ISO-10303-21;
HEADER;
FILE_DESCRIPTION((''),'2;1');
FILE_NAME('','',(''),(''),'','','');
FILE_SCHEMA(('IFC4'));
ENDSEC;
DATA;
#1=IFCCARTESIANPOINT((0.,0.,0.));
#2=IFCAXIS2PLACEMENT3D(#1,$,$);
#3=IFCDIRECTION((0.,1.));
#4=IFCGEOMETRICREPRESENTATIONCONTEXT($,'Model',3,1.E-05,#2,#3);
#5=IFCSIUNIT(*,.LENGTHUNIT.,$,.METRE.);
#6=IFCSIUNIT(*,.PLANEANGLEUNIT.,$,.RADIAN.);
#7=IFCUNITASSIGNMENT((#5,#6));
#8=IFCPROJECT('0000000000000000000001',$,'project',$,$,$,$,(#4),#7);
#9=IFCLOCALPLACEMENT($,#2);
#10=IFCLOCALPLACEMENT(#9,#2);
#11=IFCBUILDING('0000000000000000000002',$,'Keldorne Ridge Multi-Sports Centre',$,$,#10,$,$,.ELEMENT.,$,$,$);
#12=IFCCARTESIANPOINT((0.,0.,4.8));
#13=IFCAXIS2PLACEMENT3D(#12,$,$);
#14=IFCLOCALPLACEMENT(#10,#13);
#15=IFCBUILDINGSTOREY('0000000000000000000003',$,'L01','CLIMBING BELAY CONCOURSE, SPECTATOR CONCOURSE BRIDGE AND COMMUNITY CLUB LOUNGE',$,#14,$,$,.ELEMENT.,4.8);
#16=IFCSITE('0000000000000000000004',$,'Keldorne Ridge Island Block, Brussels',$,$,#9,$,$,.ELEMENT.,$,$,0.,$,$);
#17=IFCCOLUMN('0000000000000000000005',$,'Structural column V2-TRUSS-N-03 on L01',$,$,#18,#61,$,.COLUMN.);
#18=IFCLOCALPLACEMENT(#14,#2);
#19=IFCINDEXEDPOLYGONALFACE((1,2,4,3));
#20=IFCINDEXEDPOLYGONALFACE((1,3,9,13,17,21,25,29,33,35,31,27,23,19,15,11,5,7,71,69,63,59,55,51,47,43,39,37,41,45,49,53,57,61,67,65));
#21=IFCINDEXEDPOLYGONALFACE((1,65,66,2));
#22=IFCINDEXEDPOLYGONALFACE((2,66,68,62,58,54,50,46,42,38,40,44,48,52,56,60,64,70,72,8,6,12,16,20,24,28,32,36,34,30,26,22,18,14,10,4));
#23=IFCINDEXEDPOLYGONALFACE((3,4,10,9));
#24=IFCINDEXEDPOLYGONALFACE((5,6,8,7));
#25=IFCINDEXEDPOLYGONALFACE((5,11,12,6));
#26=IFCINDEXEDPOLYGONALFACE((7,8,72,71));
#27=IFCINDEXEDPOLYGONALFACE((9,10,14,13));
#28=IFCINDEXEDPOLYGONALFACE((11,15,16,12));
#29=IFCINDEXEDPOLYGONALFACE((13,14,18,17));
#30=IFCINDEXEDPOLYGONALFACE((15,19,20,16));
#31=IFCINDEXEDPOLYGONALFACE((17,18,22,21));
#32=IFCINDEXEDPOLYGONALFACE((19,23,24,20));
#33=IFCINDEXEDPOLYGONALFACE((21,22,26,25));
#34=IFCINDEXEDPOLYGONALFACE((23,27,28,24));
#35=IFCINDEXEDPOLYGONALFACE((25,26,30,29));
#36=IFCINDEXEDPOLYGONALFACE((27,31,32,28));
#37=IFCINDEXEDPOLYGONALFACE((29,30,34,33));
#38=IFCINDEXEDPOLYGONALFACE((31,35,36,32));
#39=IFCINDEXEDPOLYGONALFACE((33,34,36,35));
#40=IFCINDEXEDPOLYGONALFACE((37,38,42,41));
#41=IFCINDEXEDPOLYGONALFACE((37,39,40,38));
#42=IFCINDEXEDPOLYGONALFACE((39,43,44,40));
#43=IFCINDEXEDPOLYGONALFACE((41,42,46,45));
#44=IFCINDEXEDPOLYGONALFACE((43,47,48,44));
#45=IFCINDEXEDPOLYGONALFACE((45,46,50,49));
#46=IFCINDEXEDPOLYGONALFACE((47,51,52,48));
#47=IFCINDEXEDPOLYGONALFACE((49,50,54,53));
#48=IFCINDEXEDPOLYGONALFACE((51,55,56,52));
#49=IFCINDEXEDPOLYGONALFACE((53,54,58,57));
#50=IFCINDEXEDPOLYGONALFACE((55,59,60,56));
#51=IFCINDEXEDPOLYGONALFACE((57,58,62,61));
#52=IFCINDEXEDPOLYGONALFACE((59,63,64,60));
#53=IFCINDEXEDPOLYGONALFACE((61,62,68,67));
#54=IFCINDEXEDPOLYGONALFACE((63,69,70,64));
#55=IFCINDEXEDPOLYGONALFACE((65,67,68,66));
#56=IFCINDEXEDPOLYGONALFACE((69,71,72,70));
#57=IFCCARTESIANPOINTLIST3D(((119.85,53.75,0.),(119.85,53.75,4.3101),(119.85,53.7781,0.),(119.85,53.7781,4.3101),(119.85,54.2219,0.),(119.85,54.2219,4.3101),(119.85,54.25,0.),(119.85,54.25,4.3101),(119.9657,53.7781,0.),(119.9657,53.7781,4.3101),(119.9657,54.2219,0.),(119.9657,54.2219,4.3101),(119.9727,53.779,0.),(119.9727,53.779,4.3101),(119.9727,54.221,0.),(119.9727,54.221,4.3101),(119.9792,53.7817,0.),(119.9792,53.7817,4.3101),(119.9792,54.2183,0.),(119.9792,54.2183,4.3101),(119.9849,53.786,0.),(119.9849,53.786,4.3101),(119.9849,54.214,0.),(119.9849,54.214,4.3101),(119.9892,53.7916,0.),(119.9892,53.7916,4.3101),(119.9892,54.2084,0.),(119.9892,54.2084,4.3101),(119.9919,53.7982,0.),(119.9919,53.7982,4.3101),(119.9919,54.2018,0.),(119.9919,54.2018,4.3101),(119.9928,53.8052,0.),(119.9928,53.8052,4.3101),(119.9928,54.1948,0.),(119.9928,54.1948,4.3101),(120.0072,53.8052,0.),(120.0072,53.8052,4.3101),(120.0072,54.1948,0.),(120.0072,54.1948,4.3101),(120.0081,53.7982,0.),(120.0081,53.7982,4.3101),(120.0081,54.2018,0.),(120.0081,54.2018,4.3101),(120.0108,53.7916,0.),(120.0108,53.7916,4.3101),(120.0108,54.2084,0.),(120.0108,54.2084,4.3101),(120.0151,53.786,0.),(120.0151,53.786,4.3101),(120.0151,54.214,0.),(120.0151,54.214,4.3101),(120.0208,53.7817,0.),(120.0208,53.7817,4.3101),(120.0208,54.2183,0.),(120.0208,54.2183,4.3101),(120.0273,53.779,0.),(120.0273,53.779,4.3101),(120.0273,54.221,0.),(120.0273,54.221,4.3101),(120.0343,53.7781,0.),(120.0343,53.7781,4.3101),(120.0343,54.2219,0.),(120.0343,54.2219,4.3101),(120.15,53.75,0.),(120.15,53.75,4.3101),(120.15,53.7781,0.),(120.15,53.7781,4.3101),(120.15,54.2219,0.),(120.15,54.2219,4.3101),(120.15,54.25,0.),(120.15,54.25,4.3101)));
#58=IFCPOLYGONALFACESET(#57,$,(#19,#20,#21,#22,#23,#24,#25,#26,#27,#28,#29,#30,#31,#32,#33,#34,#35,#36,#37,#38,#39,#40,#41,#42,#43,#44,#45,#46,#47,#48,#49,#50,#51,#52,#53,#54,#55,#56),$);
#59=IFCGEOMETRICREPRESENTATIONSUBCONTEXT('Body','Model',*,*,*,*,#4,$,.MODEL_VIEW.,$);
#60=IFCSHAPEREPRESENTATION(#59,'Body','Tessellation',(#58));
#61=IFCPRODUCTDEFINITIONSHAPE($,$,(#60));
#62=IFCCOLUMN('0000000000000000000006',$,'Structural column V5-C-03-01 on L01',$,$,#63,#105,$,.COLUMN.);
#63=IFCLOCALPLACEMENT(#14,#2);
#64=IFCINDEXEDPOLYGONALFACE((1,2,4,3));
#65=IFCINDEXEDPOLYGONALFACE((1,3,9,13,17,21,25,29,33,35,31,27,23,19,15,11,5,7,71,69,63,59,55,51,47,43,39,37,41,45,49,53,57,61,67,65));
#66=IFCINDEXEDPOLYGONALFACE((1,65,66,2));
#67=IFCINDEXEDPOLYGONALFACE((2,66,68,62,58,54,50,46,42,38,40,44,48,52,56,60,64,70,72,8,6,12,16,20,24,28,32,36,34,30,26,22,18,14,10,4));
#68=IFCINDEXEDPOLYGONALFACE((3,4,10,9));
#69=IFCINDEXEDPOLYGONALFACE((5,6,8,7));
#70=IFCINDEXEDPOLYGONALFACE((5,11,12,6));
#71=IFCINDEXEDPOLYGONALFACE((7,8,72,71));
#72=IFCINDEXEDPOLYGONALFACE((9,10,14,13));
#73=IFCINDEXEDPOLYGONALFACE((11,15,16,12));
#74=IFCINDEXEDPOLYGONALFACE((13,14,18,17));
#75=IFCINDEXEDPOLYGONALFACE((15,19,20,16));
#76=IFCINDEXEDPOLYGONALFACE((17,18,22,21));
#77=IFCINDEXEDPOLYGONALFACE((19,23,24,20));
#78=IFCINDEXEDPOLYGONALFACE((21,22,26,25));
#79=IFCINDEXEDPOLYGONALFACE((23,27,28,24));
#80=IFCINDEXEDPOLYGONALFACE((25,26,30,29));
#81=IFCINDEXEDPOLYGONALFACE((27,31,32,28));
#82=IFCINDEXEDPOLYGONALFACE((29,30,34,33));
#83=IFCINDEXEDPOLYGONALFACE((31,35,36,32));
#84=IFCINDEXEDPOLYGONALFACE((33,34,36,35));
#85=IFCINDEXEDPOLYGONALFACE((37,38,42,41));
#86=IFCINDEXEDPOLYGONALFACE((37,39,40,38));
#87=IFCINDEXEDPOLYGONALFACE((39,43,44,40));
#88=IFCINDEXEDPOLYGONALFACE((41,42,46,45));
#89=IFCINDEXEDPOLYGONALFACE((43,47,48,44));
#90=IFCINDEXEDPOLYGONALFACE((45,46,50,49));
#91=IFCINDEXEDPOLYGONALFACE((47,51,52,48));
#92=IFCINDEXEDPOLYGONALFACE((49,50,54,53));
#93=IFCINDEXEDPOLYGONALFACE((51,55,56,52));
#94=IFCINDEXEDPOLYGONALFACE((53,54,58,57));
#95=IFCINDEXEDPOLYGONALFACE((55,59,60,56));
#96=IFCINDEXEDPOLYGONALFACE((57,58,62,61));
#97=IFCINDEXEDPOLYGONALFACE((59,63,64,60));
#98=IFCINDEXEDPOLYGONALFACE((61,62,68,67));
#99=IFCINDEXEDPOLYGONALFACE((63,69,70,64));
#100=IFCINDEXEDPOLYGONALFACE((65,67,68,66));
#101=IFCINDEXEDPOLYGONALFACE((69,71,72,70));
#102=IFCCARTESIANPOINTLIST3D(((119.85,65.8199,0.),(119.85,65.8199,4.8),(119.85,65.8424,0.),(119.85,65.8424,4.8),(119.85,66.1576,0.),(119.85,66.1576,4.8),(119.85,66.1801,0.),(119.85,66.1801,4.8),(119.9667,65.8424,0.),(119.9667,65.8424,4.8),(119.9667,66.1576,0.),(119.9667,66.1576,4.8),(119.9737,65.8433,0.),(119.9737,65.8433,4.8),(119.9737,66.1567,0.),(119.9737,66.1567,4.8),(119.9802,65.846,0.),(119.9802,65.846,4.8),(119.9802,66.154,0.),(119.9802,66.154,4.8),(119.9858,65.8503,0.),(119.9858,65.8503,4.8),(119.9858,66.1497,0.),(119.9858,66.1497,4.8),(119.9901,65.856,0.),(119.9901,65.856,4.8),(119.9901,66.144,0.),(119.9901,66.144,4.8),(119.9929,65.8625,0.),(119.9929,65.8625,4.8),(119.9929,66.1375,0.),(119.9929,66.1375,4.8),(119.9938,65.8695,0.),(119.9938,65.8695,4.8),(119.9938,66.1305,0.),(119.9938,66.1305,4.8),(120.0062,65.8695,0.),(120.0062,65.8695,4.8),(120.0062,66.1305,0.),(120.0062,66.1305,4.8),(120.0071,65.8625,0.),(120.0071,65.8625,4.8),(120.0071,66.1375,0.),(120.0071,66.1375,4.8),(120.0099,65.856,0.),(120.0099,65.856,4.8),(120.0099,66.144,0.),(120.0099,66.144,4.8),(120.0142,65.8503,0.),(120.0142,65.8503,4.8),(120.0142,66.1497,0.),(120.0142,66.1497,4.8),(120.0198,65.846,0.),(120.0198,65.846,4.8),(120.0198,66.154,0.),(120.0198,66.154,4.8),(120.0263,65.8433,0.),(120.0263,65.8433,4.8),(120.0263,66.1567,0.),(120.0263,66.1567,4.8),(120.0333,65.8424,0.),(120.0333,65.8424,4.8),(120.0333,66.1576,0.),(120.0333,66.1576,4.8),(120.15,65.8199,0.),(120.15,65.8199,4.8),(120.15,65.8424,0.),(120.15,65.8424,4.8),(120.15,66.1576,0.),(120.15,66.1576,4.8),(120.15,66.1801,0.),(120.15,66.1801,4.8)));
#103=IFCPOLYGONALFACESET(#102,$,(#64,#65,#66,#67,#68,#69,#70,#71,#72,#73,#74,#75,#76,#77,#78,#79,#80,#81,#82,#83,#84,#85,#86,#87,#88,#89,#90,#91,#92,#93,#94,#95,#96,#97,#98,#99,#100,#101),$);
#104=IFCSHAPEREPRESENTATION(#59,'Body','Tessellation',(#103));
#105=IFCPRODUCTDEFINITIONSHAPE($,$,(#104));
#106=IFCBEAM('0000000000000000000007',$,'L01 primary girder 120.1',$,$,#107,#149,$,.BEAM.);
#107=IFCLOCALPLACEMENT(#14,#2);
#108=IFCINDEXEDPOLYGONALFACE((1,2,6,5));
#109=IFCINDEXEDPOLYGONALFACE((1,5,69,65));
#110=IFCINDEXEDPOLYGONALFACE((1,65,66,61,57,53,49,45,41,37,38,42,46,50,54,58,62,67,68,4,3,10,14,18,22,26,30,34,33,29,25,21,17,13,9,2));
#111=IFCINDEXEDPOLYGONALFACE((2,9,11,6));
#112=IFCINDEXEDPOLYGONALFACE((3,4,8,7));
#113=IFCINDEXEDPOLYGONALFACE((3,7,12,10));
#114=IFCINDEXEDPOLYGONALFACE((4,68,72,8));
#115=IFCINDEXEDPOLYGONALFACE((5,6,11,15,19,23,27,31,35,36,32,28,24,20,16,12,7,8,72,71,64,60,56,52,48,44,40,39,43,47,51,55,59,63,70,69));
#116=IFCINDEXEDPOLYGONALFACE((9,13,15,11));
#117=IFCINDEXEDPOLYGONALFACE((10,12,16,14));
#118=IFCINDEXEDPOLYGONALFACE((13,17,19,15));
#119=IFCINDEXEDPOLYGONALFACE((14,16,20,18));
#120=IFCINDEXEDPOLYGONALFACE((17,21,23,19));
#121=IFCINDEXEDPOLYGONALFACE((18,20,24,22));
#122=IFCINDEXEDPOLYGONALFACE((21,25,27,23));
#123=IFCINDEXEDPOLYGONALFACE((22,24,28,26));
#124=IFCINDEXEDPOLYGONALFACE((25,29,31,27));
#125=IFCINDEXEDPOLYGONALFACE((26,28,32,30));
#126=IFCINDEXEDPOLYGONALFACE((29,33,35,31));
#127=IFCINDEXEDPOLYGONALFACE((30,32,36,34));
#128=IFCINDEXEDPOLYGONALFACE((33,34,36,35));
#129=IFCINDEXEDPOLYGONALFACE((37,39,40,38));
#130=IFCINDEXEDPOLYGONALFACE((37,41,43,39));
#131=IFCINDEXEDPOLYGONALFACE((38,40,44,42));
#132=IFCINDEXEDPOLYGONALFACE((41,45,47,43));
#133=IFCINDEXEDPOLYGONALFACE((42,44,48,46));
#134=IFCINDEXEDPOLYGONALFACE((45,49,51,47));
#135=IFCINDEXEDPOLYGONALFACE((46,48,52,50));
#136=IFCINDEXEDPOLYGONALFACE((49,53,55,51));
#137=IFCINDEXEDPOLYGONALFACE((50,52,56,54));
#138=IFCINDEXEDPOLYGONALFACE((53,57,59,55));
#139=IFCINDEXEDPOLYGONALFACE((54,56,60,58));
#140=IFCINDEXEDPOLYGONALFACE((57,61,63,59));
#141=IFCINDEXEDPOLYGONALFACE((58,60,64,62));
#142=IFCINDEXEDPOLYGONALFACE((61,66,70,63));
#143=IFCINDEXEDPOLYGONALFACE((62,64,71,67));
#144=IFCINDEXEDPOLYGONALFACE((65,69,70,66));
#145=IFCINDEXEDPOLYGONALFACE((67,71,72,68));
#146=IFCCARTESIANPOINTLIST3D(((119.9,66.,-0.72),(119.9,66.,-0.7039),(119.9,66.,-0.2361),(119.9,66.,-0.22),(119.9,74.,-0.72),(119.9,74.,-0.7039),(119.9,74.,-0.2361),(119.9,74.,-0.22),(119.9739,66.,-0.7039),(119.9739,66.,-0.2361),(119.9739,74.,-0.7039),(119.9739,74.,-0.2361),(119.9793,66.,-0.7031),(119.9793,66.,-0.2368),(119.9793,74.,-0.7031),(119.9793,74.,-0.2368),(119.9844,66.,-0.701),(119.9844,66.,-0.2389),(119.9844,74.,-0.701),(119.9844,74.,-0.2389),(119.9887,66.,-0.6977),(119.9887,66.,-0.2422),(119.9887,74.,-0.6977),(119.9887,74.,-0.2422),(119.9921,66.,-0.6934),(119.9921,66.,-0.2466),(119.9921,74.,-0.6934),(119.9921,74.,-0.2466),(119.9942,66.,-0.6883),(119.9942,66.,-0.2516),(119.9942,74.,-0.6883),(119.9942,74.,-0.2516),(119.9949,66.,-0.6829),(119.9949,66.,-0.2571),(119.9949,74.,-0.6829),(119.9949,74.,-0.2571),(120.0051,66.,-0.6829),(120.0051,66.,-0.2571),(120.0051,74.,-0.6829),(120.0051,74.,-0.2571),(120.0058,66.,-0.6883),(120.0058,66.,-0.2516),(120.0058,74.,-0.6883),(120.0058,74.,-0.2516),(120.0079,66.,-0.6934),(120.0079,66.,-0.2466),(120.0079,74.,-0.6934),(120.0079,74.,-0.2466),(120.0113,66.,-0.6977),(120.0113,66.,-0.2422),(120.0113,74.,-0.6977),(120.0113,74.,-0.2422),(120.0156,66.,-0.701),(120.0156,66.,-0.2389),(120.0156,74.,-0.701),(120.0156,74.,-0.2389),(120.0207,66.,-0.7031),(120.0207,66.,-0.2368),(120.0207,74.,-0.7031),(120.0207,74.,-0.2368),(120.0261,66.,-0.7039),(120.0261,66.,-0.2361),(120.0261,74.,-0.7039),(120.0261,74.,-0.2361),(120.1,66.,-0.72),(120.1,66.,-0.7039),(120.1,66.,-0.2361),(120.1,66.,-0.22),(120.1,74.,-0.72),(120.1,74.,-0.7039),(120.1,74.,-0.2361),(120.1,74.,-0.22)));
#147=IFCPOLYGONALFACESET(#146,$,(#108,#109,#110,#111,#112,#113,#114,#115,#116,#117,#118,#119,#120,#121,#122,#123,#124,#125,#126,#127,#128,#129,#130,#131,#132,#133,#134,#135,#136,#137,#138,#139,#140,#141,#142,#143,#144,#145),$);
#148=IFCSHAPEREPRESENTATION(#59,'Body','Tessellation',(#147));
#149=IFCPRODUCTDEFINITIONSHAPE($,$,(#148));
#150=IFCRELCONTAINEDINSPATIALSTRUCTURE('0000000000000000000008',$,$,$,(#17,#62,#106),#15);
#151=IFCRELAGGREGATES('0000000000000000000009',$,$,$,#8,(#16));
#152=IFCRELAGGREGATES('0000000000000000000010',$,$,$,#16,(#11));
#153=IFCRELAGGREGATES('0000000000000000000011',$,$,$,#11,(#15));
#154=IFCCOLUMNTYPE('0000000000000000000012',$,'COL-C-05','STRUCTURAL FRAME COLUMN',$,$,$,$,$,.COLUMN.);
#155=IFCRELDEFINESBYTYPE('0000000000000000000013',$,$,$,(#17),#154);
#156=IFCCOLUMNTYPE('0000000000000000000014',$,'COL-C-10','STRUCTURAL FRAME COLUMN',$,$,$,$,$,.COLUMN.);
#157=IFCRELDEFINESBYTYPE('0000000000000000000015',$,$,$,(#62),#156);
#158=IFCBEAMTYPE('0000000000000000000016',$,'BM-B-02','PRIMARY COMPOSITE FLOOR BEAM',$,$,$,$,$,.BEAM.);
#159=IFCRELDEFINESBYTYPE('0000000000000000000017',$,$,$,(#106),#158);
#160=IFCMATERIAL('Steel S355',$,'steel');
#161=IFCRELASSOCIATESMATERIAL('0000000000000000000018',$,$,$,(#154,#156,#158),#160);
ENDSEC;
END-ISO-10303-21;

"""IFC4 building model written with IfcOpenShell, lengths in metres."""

from ifc_helpers import new_model, si_unit, direction, frame, origin, origin_2d, place, context, subcontext, project, spatial, i_section, extrude, material, material_profile, profile_set, type_object, element, save


model = new_model("IFC4")

# Units and contexts
model_context = context("Model", 3, precision=1e-05, world=origin(), true_north=direction((0.0, 1.0)))
body_context = subcontext(model_context, "Body", "Model", "MODEL_VIEW")
ifc_project = project(units=[si_unit("LENGTHUNIT", "METRE"), si_unit("PLANEANGLEUNIT", "RADIAN")], contexts=[model_context])

# Site, building, storey
site_placement = place(None, origin())
site = spatial("IfcSite", under=ifc_project, at=site_placement, Name="Keldorne Ridge Island Block, Brussels", CompositionType="ELEMENT", RefElevation=0.0)
building_placement = place(site_placement, origin())
building = spatial("IfcBuilding", under=site, at=building_placement, Name="Keldorne Ridge Multi-Sports Centre", CompositionType="ELEMENT")
storey_placement = place(building_placement, frame((0.0, 0.0, 4.8)))
storey = spatial("IfcBuildingStorey", under=building, at=storey_placement, Name="L01", Description="CLIMBING BELAY CONCOURSE, SPECTATOR CONCOURSE BRIDGE AND COMMUNITY CLUB LOUNGE", CompositionType="ELEMENT", Elevation=4.8)

# Columns
ifc_material_1 = material(Name="Steel S355", Category="steel")
ifc_material_profile_1 = material_profile(ifc_material_1, i_section(OverallWidth=0.3, OverallDepth=0.5, WebThickness=0.0144, FlangeThickness=0.0281, FilletRadius=0.0271, at=origin_2d()), Name="HEB 500")
ifc_profile_set_1 = profile_set([ifc_material_profile_1], Name="Steel S355")
column_type_1 = type_object("IfcColumnType", Name="COL-C-05", Description="STRUCTURAL FRAME COLUMN", PredefinedType="COLUMN", material=ifc_profile_set_1)
column_1_placement = place(storey_placement, frame((120.0, 54.0, 0.0), z_axis=(0.0, 0.0, 1.0), x_axis=(1.0, 0.0, 0.0)))
element("IfcColumn", 1, at=column_1_placement, inside=storey, type_object=column_type_1, Name="Structural column V2-TRUSS-N-03 on L01", PredefinedType="COLUMN", context=body_context, shape_type="SweptSolid", body=[
    extrude(i_section(OverallWidth=0.3, OverallDepth=0.5, WebThickness=0.0144, FlangeThickness=0.0281, FilletRadius=0.0271, at=origin_2d()), origin(), (0.0, 0.0, 1.0), 4.3101),
])
ifc_material_profile_2 = material_profile(ifc_material_1, i_section(OverallWidth=0.3, OverallDepth=0.3601, WebThickness=0.0125, FlangeThickness=0.0225, FilletRadius=0.0271, at=origin_2d()), Name="HEB 360")
ifc_profile_set_2 = profile_set([ifc_material_profile_2], Name="Steel S355")
column_type_2 = type_object("IfcColumnType", Name="COL-C-10", Description="STRUCTURAL FRAME COLUMN", PredefinedType="COLUMN", material=ifc_profile_set_2)
column_2_placement = place(storey_placement, frame((120.0, 66.0, 0.0), z_axis=(0.0, 0.0, 1.0), x_axis=(1.0, 0.0, 0.0)))
element("IfcColumn", 2, at=column_2_placement, inside=storey, type_object=column_type_2, Name="Structural column V5-C-03-01 on L01", PredefinedType="COLUMN", context=body_context, shape_type="SweptSolid", body=[
    extrude(i_section(OverallWidth=0.3, OverallDepth=0.3601, WebThickness=0.0125, FlangeThickness=0.0225, FilletRadius=0.0271, at=origin_2d()), origin(), (0.0, 0.0, 1.0), 4.8),
])

# Beam
ifc_material_profile_3 = material_profile(ifc_material_1, i_section(OverallWidth=0.2, OverallDepth=0.5, WebThickness=0.0103, FlangeThickness=0.0161, FilletRadius=0.021, at=origin_2d()), Name="IPE 500")
ifc_profile_set_3 = profile_set([ifc_material_profile_3], Name="Steel S355")
beam_type_1 = type_object("IfcBeamType", Name="BM-B-02", Description="PRIMARY COMPOSITE FLOOR BEAM", PredefinedType="BEAM", material=ifc_profile_set_3)
beam_1_placement = place(storey_placement, frame((120.0, 66.0, -0.47), z_axis=(0.0, 1.0, 0.0), x_axis=(-1.0, 0.0, 0.0)))
element("IfcBeam", 3, at=beam_1_placement, inside=storey, type_object=beam_type_1, Name="L01 primary girder 120.1", PredefinedType="BEAM", context=body_context, shape_type="SweptSolid", body=[
    extrude(i_section(OverallWidth=0.2, OverallDepth=0.5, WebThickness=0.0103, FlangeThickness=0.0161, FilletRadius=0.021, at=origin_2d()), origin(), (0.0, 0.0, 1.0), 8.0),
])

save(model, "model.ifc")
